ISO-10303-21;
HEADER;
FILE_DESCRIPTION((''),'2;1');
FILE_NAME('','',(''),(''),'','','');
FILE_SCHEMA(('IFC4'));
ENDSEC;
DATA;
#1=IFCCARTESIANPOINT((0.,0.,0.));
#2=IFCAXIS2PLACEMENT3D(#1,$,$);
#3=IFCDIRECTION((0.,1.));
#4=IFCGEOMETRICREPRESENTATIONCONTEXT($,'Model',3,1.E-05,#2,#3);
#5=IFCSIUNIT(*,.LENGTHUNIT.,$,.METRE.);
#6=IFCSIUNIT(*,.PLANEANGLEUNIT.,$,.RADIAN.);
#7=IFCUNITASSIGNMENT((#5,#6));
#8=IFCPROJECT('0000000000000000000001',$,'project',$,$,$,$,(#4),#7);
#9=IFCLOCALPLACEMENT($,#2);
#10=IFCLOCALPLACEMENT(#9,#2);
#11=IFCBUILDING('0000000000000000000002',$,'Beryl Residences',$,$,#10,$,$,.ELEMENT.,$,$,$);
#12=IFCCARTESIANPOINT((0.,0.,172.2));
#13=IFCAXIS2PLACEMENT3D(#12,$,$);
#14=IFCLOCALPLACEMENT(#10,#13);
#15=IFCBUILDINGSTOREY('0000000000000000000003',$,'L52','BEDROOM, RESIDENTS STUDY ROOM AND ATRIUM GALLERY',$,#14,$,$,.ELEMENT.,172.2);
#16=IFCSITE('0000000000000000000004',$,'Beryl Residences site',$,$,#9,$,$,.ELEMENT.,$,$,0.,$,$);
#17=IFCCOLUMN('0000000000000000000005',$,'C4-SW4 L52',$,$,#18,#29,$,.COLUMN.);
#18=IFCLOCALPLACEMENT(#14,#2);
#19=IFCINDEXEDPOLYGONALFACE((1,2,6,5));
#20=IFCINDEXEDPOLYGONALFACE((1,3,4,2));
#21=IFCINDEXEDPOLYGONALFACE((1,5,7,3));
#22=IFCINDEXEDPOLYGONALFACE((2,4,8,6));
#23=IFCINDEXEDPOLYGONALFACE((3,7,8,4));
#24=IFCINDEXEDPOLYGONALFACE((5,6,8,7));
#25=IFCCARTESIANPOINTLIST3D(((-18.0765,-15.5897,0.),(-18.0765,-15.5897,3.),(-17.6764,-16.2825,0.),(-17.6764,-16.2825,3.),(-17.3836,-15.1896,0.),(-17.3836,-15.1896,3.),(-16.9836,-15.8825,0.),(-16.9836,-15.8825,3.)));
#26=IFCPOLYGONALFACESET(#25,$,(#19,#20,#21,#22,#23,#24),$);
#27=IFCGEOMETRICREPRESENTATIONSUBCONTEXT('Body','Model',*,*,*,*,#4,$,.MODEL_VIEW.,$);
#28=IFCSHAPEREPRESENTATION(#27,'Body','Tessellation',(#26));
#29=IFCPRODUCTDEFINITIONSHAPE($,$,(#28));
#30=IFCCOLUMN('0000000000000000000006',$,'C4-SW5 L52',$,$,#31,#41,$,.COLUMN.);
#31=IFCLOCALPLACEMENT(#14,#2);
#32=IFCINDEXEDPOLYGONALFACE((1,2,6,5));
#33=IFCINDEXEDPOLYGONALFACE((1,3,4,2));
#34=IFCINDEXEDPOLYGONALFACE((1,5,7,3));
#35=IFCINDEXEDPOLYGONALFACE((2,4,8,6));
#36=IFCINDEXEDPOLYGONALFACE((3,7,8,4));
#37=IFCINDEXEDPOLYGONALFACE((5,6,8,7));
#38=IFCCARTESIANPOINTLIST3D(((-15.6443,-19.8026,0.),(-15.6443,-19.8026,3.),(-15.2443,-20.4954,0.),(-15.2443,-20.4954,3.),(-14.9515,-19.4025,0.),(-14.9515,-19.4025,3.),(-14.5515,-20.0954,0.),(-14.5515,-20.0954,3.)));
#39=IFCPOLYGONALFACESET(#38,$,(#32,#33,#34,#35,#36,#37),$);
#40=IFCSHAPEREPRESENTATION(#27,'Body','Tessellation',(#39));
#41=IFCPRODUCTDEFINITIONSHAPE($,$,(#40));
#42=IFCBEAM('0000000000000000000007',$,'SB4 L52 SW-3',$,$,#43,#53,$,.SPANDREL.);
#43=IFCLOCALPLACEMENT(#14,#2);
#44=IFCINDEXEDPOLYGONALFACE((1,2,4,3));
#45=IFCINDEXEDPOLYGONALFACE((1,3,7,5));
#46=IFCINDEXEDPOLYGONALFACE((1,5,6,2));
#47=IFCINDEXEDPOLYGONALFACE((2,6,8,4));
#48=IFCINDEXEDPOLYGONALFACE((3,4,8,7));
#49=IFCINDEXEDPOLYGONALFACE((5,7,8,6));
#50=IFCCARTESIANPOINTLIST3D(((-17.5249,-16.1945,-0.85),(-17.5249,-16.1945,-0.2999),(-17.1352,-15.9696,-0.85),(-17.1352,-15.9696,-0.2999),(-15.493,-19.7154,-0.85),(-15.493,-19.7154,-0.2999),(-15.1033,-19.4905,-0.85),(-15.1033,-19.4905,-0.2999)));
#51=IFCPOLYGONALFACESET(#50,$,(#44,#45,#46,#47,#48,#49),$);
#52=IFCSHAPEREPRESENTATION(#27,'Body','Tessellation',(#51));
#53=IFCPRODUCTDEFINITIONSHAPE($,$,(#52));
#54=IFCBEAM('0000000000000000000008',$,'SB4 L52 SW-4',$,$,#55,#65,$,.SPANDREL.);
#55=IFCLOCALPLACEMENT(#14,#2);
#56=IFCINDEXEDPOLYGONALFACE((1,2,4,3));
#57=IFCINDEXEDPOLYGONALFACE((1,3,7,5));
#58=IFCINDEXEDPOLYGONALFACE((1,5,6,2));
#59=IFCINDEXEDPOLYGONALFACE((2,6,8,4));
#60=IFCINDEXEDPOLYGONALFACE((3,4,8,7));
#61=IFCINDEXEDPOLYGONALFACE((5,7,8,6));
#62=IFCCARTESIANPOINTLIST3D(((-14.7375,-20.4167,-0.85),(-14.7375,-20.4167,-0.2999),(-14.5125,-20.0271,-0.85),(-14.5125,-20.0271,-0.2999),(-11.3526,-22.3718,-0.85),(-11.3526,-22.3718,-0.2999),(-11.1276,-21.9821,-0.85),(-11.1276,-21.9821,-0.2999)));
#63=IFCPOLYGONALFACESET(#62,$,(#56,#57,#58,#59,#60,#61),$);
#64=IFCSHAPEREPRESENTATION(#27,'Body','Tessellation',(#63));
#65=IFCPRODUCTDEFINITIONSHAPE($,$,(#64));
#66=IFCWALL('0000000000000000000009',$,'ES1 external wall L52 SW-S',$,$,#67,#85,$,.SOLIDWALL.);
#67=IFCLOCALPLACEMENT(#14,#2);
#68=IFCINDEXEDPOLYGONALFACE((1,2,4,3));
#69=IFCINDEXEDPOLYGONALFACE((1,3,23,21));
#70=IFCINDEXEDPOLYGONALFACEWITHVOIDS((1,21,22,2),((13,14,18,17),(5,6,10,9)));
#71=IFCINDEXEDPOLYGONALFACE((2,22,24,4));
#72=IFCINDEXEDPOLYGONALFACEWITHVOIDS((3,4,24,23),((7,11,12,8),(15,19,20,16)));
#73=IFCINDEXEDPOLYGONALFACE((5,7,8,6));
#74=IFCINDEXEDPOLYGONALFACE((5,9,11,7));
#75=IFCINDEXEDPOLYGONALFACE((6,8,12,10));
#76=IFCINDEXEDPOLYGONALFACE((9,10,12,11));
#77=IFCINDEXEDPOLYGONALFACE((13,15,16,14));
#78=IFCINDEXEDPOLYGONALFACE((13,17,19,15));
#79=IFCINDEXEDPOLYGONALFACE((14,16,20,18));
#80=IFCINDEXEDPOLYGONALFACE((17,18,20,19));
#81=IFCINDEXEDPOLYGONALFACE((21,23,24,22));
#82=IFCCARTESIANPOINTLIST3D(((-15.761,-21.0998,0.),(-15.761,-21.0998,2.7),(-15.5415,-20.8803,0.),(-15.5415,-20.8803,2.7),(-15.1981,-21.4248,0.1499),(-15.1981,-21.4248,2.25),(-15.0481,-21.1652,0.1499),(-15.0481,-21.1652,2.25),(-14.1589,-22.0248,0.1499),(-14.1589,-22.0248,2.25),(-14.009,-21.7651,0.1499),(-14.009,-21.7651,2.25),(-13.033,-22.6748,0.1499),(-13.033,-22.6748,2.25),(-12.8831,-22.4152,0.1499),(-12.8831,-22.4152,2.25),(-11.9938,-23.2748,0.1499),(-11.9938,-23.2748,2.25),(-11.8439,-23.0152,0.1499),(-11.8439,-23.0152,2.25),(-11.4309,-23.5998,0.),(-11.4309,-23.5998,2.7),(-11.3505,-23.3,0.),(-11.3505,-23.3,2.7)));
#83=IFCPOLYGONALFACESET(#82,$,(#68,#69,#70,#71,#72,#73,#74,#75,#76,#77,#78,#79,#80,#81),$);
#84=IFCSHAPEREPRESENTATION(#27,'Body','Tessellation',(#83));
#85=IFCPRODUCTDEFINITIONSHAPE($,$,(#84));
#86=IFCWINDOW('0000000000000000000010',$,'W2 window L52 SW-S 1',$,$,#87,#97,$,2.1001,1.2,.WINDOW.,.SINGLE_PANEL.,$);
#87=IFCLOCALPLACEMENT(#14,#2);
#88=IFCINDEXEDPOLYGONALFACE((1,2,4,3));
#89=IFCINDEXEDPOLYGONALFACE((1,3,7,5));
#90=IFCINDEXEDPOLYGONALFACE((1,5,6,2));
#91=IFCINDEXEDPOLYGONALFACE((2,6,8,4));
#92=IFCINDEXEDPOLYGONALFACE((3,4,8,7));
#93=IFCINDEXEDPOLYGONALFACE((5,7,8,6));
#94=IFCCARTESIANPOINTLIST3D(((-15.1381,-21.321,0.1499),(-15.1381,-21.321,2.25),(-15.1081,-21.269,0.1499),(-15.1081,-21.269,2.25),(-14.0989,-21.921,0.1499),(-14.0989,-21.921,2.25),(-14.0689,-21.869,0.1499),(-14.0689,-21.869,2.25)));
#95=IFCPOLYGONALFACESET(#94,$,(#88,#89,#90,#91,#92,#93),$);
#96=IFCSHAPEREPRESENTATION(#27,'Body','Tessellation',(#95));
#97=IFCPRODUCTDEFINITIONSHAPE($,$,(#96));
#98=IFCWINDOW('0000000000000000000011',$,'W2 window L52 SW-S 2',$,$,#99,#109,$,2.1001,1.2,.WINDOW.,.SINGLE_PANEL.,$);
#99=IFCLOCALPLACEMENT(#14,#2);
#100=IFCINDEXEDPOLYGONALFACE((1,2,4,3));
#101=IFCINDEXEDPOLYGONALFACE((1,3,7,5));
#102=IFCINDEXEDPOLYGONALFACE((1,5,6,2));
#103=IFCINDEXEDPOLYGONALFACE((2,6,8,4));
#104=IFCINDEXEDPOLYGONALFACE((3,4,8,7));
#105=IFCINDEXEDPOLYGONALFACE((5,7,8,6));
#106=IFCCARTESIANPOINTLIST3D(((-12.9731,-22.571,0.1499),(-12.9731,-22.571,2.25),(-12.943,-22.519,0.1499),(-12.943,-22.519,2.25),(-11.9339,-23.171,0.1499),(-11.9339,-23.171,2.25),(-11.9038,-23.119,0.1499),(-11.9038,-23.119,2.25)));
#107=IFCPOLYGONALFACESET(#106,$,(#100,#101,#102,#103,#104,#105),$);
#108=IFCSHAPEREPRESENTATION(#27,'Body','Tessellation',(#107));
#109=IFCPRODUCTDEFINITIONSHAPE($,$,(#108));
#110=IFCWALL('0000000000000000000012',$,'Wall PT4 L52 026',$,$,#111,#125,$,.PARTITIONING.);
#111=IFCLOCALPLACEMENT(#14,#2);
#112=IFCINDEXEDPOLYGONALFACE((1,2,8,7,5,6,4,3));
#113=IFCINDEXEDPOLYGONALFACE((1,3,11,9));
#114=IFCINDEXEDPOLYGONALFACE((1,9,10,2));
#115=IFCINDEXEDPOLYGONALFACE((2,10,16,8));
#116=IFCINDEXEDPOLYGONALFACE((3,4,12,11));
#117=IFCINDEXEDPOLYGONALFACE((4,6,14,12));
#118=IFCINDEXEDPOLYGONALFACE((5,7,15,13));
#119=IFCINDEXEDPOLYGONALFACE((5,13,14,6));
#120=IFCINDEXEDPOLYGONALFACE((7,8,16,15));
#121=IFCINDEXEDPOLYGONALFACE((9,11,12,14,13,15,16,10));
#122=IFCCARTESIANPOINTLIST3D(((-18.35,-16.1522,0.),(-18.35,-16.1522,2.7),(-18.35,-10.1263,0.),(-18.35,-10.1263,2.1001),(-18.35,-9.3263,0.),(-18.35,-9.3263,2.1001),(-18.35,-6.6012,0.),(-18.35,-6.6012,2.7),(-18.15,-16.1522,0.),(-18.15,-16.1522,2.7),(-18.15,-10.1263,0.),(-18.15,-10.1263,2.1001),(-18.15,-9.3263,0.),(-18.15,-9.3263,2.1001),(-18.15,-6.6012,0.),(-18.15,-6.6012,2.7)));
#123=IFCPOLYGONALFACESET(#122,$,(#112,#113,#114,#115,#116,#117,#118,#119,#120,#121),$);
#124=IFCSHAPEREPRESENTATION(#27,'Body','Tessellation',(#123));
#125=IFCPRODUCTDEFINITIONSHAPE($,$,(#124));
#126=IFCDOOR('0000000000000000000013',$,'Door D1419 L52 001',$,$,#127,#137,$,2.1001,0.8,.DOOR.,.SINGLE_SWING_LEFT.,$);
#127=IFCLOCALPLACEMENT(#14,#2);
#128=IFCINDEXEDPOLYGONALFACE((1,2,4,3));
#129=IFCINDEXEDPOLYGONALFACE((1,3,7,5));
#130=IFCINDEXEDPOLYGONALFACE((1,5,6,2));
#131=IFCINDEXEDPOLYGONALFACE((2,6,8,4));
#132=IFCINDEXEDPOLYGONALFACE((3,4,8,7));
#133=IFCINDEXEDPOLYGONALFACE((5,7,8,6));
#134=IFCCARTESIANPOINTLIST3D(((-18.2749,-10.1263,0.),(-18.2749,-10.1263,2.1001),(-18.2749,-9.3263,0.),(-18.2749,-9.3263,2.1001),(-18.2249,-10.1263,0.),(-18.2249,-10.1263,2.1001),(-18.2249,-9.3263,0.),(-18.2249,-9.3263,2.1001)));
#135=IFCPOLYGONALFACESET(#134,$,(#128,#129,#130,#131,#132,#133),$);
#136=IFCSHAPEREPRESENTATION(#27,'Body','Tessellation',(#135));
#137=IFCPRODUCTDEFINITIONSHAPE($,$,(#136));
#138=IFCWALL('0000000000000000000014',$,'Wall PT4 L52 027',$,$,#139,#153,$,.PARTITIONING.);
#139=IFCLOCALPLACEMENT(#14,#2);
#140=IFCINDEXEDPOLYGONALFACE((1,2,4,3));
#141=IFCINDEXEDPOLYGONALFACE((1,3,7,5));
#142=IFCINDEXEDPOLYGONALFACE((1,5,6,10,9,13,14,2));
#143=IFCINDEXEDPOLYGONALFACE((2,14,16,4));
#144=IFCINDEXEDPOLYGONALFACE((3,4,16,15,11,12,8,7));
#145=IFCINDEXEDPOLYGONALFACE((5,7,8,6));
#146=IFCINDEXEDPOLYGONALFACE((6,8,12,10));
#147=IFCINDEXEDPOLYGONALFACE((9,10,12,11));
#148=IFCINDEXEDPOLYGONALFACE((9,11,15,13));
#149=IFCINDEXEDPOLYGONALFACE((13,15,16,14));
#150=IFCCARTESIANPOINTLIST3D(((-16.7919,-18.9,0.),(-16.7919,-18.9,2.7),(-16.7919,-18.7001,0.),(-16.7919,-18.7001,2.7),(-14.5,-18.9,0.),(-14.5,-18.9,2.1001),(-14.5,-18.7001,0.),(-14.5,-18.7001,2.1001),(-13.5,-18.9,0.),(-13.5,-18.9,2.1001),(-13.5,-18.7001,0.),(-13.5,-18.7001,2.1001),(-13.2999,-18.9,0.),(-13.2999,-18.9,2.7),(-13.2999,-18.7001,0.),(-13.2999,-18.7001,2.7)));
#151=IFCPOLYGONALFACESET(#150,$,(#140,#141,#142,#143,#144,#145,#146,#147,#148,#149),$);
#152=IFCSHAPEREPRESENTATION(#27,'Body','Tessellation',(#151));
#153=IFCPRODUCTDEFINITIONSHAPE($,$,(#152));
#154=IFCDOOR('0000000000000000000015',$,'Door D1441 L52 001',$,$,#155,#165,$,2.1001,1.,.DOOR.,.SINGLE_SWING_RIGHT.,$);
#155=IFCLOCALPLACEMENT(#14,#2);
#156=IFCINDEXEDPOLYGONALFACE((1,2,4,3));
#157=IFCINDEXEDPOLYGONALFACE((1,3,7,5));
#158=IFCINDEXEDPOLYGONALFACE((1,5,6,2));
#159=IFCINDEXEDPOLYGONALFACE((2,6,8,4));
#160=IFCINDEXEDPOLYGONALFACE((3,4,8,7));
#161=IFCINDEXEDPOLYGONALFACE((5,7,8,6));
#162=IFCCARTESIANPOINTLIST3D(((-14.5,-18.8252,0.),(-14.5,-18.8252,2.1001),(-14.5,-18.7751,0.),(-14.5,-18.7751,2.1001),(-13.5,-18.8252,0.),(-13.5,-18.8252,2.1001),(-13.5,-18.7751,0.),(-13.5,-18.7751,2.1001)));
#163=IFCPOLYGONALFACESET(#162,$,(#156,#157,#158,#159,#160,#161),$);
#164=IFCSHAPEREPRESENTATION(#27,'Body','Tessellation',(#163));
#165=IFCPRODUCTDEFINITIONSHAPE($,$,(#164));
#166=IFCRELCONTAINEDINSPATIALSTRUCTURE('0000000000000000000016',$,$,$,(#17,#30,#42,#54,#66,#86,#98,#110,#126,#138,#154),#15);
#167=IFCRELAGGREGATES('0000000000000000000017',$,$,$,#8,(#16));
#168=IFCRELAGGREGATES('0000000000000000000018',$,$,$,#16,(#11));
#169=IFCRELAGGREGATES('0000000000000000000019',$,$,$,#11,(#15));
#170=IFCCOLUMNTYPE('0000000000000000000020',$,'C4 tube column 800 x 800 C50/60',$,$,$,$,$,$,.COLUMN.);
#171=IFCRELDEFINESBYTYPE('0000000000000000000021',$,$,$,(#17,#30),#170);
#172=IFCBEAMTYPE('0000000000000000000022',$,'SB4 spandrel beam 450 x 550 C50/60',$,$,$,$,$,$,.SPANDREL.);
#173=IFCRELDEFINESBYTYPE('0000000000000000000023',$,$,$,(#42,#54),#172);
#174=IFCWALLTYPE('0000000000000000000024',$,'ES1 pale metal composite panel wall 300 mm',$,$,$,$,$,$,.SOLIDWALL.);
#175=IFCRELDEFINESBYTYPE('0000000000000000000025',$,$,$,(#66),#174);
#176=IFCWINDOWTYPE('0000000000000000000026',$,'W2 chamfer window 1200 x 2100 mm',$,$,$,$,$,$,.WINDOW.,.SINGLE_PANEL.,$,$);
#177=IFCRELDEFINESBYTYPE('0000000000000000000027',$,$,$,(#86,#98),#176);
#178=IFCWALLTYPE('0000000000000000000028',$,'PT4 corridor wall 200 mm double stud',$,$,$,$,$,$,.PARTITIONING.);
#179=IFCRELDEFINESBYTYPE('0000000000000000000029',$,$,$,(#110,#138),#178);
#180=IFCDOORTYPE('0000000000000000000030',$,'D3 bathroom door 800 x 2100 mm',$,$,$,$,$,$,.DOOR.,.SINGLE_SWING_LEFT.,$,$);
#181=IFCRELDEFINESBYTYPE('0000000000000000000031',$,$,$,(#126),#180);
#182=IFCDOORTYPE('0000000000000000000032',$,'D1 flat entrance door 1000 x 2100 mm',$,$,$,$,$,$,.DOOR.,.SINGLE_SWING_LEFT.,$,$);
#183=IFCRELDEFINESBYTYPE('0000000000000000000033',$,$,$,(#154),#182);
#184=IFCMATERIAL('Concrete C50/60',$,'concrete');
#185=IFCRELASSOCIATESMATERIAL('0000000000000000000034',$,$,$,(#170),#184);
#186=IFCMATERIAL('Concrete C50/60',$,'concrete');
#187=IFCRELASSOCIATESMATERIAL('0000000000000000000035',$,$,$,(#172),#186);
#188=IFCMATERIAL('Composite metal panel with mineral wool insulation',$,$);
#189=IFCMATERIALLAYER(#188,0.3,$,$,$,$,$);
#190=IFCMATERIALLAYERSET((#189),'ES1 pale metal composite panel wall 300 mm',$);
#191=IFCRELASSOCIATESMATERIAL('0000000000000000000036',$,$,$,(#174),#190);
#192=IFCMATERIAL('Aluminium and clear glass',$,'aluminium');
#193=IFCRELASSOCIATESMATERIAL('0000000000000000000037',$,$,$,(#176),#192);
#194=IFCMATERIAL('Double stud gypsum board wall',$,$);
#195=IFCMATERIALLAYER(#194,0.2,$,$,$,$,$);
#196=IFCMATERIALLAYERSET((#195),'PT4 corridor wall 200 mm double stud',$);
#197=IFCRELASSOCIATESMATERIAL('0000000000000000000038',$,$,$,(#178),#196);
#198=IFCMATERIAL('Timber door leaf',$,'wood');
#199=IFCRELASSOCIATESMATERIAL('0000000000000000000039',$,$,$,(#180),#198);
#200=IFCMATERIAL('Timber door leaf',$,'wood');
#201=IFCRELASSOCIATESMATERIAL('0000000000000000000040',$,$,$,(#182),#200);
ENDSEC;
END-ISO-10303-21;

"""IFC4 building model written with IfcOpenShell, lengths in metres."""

from ifc_helpers import new_model, si_unit, direction, frame, frame_2d, origin, origin_2d, place, context, subcontext, project, spatial, polyline, rectangle, outline, extrude, material, layer, layer_set, material_profile, profile_set, type_object, element, fill, save


model = new_model("IFC4")

# Units and contexts
model_context = context("Model", 3, precision=1e-05, world=origin(), true_north=direction((0.0, 1.0)))
body_context = subcontext(model_context, "Body", "Model", "MODEL_VIEW")
ifc_project = project(units=[si_unit("LENGTHUNIT", "METRE"), si_unit("PLANEANGLEUNIT", "RADIAN")], contexts=[model_context])

# Site, building, storey
site_placement = place(None, origin())
site = spatial("IfcSite", under=ifc_project, at=site_placement, Name="Beryl Residences site", CompositionType="ELEMENT", RefElevation=0.0)
building_placement = place(site_placement, origin())
building = spatial("IfcBuilding", under=site, at=building_placement, Name="Beryl Residences", CompositionType="ELEMENT")
storey_placement = place(building_placement, frame((0.0, 0.0, 172.2)))
storey = spatial("IfcBuildingStorey", under=building, at=storey_placement, Name="L52", Description="BEDROOM, RESIDENTS STUDY ROOM AND ATRIUM GALLERY", CompositionType="ELEMENT", Elevation=172.2)

# Columns
ifc_material_1 = material(Name="Concrete C50/60", Category="concrete")
ifc_material_profile_1 = material_profile(ifc_material_1, rectangle(XDim=0.8, YDim=0.8, at=origin_2d()))
ifc_profile_set_1 = profile_set([ifc_material_profile_1], Name="Concrete C50/60")
column_type = type_object("IfcColumnType", Name="C4 tube column 800 x 800 C50/60", PredefinedType="COLUMN", material=ifc_profile_set_1)
for number, where, z_axis, x_axis, name in (
    (1, (-17.53, -15.7361, 0.0), (0.0, 0.0, 1.0), (0.5, -0.866025, 0.0), "C4-SW4 L52"),
    (2, (-15.0979, -19.949, 0.0), (0.0, 0.0, 1.0), (0.5, -0.866025, 0.0), "C4-SW5 L52"),
):
    element("IfcColumn", number, at=place(storey_placement, frame(where, z_axis=z_axis, x_axis=x_axis)), inside=storey, type_object=column_type, Name=name, PredefinedType="COLUMN", context=body_context, shape_type="SweptSolid", body=[
        extrude(rectangle(XDim=0.8, YDim=0.8, at=origin_2d()), origin(), (0.0, 0.0, 1.0), 3.0),
    ])

# Beams
ifc_material_2 = material(Name="Concrete C50/60", Category="concrete")
ifc_material_profile_2 = material_profile(ifc_material_2, rectangle(XDim=0.45, YDim=0.55, at=origin_2d()))
ifc_profile_set_2 = profile_set([ifc_material_profile_2], Name="Concrete C50/60")
beam_type = type_object("IfcBeamType", Name="SB4 spandrel beam 450 x 550 C50/60", PredefinedType="SPANDREL", material=ifc_profile_set_2)
beam_1_placement = place(storey_placement, frame((-17.3301, -16.082, -0.575), z_axis=(0.49984, -0.866118, 0.0), x_axis=(0.866118, 0.49984, 0.0)))
element("IfcBeam", 3, at=beam_1_placement, inside=storey, type_object=beam_type, Name="SB4 L52 SW-3", PredefinedType="SPANDREL", context=body_context, shape_type="SweptSolid", body=[
    extrude(rectangle(XDim=0.45, YDim=0.55, at=origin_2d()), origin(), (0.0, 0.0, 1.0), 4.0652),
])
beam_2_placement = place(storey_placement, frame((-14.625, -20.2219, -0.575), z_axis=(0.865943, -0.500142, 0.0), x_axis=(0.500142, 0.865943, 0.0)))
element("IfcBeam", 4, at=beam_2_placement, inside=storey, type_object=beam_type, Name="SB4 L52 SW-4", PredefinedType="SPANDREL", context=body_context, shape_type="SweptSolid", body=[
    extrude(rectangle(XDim=0.45, YDim=0.55, at=origin_2d()), origin(), (0.0, 0.0, 1.0), 3.9089),
])

# Wall, openings, windows
ifc_material_3 = material(Name="Composite metal panel with mineral wool insulation")
ifc_layer_1 = layer(ifc_material_3, 0.3)
ifc_layer_set_1 = layer_set([ifc_layer_1], Name="ES1 pale metal composite panel wall 300 mm")
wall_type_1 = type_object("IfcWallType", Name="ES1 pale metal composite panel wall 300 mm", PredefinedType="SOLIDWALL", material=ifc_layer_set_1)
wall_1_placement = place(storey_placement, frame((-15.686, -20.97, 0.0), z_axis=(0.0, 0.0, 1.0), x_axis=(0.866023, -0.500004, 0.0)))
wall_1 = element("IfcWall", 5, at=wall_1_placement, inside=storey, type_object=wall_type_1, Name="ES1 external wall L52 SW-S", PredefinedType="SOLIDWALL", context=body_context, shape_type="SweptSolid", body=[
    extrude(outline(polyline([(0.0, -0.1499), (5.0, -0.1499), (4.9197, 0.1499), (0.0803, 0.1499), (0.0, -0.1499)])), origin(), (0.0, 0.0, 1.0), 2.7),
])
opening_1_placement = place(wall_1_placement, frame((0.6499, 0.0, 0.1499)))
opening_1 = element("IfcOpeningElement", 6, at=opening_1_placement, cuts=wall_1, PredefinedType="OPENING", context=body_context, shape_type="SweptSolid", body=[
    extrude(rectangle(XDim=1.2, YDim=2.1001, at=frame_2d((0.6001, 1.05))), frame((0.0, 0.1599, 0.0), z_axis=(0.0, -1.0, 0.0), x_axis=(1.0, 0.0, 0.0)), (0.0, 0.0, 1.0), 0.3201),
])
opening_2_placement = place(wall_1_placement, frame((3.1499, 0.0, 0.1499)))
opening_2 = element("IfcOpeningElement", 7, at=opening_2_placement, cuts=wall_1, PredefinedType="OPENING", context=body_context, shape_type="SweptSolid", body=[
    extrude(rectangle(XDim=1.2, YDim=2.1001, at=frame_2d((0.6001, 1.05))), frame((0.0, 0.1599, 0.0), z_axis=(0.0, -1.0, 0.0), x_axis=(1.0, 0.0, 0.0)), (0.0, 0.0, 1.0), 0.3201),
])
ifc_material_4 = material(Name="Aluminium and clear glass", Category="aluminium")
window_type = type_object("IfcWindowType", Name="W2 chamfer window 1200 x 2100 mm", PartitioningType="SINGLE_PANEL", PredefinedType="WINDOW", material=ifc_material_4)
window_1_placement = place(opening_1_placement, origin())
window_1 = element("IfcWindow", 8, at=window_1_placement, inside=storey, type_object=window_type, Name="W2 window L52 SW-S 1", OverallHeight=2.1001, OverallWidth=1.2, PartitioningType="SINGLE_PANEL", PredefinedType="WINDOW", context=body_context, shape_type="SweptSolid", body=[
    extrude(rectangle(XDim=1.2, YDim=2.1001, at=frame_2d((0.6001, 1.05))), frame((0.0, 0.03, 0.0), z_axis=(0.0, -1.0, 0.0), x_axis=(1.0, 0.0, 0.0)), (0.0, 0.0, 1.0), 0.0601),
])
fill(opening_1, window_1)
window_2_placement = place(opening_2_placement, origin())
window_2 = element("IfcWindow", 9, at=window_2_placement, inside=storey, type_object=window_type, Name="W2 window L52 SW-S 2", OverallHeight=2.1001, OverallWidth=1.2, PartitioningType="SINGLE_PANEL", PredefinedType="WINDOW", context=body_context, shape_type="SweptSolid", body=[
    extrude(rectangle(XDim=1.2, YDim=2.1001, at=frame_2d((0.6001, 1.05))), frame((0.0, 0.03, 0.0), z_axis=(0.0, -1.0, 0.0), x_axis=(1.0, 0.0, 0.0)), (0.0, 0.0, 1.0), 0.0601),
])
fill(opening_2, window_2)

# Walls, openings, doors
ifc_material_5 = material(Name="Double stud gypsum board wall")
ifc_layer_2 = layer(ifc_material_5, 0.2)
ifc_layer_set_2 = layer_set([ifc_layer_2], Name="PT4 corridor wall 200 mm double stud")
wall_type_2 = type_object("IfcWallType", Name="PT4 corridor wall 200 mm double stud", PredefinedType="PARTITIONING", material=ifc_layer_set_2)
wall_2_placement = place(storey_placement, frame((-18.25, -16.1521, 0.0), z_axis=(0.0, 0.0, 1.0), x_axis=(0.0, 1.0, 0.0)))
wall_2 = element("IfcWall", 10, at=wall_2_placement, inside=storey, type_object=wall_type_2, Name="Wall PT4 L52 026", PredefinedType="PARTITIONING", context=body_context, shape_type="SweptSolid", body=[
    extrude(rectangle(XDim=9.551, YDim=0.2, at=frame_2d((4.7754, 0.0))), origin(), (0.0, 0.0, 1.0), 2.7),
])
opening_3_placement = place(wall_2_placement, frame((6.0259, 0.0, 0.0)))
opening_3 = element("IfcOpeningElement", 11, at=opening_3_placement, cuts=wall_2, PredefinedType="OPENING", context=body_context, shape_type="SweptSolid", body=[
    extrude(rectangle(XDim=0.8, YDim=2.1001, at=frame_2d((0.3999, 1.05))), frame((0.0, 0.1099, 0.0), z_axis=(0.0, -1.0, 0.0), x_axis=(1.0, 0.0, 0.0)), (0.0, 0.0, 1.0), 0.22),
])
ifc_material_6 = material(Name="Timber door leaf", Category="wood")
door_type_1 = type_object("IfcDoorType", Name="D3 bathroom door 800 x 2100 mm", OperationType="SINGLE_SWING_LEFT", PredefinedType="DOOR", material=ifc_material_6)
door_1_placement = place(opening_3_placement, origin())
door_1 = element("IfcDoor", 12, at=door_1_placement, inside=storey, type_object=door_type_1, Name="Door D1419 L52 001", OperationType="SINGLE_SWING_LEFT", OverallHeight=2.1001, OverallWidth=0.8, PredefinedType="DOOR", context=body_context, shape_type="SweptSolid", body=[
    extrude(rectangle(XDim=0.8, YDim=2.1001, at=frame_2d((0.3999, 1.05))), frame((0.0, 0.0249, 0.0), z_axis=(0.0, -1.0, 0.0), x_axis=(1.0, 0.0, 0.0)), (0.0, 0.0, 1.0), 0.05),
])
fill(opening_3, door_1)
wall_3_placement = place(storey_placement, frame((-16.792, -18.8, 0.0), z_axis=(0.0, 0.0, 1.0), x_axis=(1.0, 0.0, 0.0)))
wall_3 = element("IfcWall", 13, at=wall_3_placement, inside=storey, type_object=wall_type_2, Name="Wall PT4 L52 027", PredefinedType="PARTITIONING", context=body_context, shape_type="SweptSolid", body=[
    extrude(rectangle(XDim=3.4919, YDim=0.2, at=frame_2d((1.7461, 0.0))), origin(), (0.0, 0.0, 1.0), 2.7),
])
opening_4_placement = place(wall_3_placement, frame((2.292, 0.0, 0.0)))
opening_4 = element("IfcOpeningElement", 14, at=opening_4_placement, cuts=wall_3, PredefinedType="OPENING", context=body_context, shape_type="SweptSolid", body=[
    extrude(rectangle(XDim=1.0, YDim=2.1001, at=frame_2d((0.5, 1.05))), frame((0.0, 0.1099, 0.0), z_axis=(0.0, -1.0, 0.0), x_axis=(1.0, 0.0, 0.0)), (0.0, 0.0, 1.0), 0.22),
])
ifc_material_7 = material(Name="Timber door leaf", Category="wood")
door_type_2 = type_object("IfcDoorType", Name="D1 flat entrance door 1000 x 2100 mm", OperationType="SINGLE_SWING_LEFT", PredefinedType="DOOR", material=ifc_material_7)
door_2_placement = place(opening_4_placement, origin())
door_2 = element("IfcDoor", 15, at=door_2_placement, inside=storey, type_object=door_type_2, Name="Door D1441 L52 001", OperationType="SINGLE_SWING_RIGHT", OverallHeight=2.1001, OverallWidth=1.0, PredefinedType="DOOR", context=body_context, shape_type="SweptSolid", body=[
    extrude(rectangle(XDim=1.0, YDim=2.1001, at=frame_2d((0.5, 1.05))), frame((0.0, 0.0249, 0.0), z_axis=(0.0, -1.0, 0.0), x_axis=(1.0, 0.0, 0.0)), (0.0, 0.0, 1.0), 0.05),
])
fill(opening_4, door_2)

save(model, "model.ifc")
